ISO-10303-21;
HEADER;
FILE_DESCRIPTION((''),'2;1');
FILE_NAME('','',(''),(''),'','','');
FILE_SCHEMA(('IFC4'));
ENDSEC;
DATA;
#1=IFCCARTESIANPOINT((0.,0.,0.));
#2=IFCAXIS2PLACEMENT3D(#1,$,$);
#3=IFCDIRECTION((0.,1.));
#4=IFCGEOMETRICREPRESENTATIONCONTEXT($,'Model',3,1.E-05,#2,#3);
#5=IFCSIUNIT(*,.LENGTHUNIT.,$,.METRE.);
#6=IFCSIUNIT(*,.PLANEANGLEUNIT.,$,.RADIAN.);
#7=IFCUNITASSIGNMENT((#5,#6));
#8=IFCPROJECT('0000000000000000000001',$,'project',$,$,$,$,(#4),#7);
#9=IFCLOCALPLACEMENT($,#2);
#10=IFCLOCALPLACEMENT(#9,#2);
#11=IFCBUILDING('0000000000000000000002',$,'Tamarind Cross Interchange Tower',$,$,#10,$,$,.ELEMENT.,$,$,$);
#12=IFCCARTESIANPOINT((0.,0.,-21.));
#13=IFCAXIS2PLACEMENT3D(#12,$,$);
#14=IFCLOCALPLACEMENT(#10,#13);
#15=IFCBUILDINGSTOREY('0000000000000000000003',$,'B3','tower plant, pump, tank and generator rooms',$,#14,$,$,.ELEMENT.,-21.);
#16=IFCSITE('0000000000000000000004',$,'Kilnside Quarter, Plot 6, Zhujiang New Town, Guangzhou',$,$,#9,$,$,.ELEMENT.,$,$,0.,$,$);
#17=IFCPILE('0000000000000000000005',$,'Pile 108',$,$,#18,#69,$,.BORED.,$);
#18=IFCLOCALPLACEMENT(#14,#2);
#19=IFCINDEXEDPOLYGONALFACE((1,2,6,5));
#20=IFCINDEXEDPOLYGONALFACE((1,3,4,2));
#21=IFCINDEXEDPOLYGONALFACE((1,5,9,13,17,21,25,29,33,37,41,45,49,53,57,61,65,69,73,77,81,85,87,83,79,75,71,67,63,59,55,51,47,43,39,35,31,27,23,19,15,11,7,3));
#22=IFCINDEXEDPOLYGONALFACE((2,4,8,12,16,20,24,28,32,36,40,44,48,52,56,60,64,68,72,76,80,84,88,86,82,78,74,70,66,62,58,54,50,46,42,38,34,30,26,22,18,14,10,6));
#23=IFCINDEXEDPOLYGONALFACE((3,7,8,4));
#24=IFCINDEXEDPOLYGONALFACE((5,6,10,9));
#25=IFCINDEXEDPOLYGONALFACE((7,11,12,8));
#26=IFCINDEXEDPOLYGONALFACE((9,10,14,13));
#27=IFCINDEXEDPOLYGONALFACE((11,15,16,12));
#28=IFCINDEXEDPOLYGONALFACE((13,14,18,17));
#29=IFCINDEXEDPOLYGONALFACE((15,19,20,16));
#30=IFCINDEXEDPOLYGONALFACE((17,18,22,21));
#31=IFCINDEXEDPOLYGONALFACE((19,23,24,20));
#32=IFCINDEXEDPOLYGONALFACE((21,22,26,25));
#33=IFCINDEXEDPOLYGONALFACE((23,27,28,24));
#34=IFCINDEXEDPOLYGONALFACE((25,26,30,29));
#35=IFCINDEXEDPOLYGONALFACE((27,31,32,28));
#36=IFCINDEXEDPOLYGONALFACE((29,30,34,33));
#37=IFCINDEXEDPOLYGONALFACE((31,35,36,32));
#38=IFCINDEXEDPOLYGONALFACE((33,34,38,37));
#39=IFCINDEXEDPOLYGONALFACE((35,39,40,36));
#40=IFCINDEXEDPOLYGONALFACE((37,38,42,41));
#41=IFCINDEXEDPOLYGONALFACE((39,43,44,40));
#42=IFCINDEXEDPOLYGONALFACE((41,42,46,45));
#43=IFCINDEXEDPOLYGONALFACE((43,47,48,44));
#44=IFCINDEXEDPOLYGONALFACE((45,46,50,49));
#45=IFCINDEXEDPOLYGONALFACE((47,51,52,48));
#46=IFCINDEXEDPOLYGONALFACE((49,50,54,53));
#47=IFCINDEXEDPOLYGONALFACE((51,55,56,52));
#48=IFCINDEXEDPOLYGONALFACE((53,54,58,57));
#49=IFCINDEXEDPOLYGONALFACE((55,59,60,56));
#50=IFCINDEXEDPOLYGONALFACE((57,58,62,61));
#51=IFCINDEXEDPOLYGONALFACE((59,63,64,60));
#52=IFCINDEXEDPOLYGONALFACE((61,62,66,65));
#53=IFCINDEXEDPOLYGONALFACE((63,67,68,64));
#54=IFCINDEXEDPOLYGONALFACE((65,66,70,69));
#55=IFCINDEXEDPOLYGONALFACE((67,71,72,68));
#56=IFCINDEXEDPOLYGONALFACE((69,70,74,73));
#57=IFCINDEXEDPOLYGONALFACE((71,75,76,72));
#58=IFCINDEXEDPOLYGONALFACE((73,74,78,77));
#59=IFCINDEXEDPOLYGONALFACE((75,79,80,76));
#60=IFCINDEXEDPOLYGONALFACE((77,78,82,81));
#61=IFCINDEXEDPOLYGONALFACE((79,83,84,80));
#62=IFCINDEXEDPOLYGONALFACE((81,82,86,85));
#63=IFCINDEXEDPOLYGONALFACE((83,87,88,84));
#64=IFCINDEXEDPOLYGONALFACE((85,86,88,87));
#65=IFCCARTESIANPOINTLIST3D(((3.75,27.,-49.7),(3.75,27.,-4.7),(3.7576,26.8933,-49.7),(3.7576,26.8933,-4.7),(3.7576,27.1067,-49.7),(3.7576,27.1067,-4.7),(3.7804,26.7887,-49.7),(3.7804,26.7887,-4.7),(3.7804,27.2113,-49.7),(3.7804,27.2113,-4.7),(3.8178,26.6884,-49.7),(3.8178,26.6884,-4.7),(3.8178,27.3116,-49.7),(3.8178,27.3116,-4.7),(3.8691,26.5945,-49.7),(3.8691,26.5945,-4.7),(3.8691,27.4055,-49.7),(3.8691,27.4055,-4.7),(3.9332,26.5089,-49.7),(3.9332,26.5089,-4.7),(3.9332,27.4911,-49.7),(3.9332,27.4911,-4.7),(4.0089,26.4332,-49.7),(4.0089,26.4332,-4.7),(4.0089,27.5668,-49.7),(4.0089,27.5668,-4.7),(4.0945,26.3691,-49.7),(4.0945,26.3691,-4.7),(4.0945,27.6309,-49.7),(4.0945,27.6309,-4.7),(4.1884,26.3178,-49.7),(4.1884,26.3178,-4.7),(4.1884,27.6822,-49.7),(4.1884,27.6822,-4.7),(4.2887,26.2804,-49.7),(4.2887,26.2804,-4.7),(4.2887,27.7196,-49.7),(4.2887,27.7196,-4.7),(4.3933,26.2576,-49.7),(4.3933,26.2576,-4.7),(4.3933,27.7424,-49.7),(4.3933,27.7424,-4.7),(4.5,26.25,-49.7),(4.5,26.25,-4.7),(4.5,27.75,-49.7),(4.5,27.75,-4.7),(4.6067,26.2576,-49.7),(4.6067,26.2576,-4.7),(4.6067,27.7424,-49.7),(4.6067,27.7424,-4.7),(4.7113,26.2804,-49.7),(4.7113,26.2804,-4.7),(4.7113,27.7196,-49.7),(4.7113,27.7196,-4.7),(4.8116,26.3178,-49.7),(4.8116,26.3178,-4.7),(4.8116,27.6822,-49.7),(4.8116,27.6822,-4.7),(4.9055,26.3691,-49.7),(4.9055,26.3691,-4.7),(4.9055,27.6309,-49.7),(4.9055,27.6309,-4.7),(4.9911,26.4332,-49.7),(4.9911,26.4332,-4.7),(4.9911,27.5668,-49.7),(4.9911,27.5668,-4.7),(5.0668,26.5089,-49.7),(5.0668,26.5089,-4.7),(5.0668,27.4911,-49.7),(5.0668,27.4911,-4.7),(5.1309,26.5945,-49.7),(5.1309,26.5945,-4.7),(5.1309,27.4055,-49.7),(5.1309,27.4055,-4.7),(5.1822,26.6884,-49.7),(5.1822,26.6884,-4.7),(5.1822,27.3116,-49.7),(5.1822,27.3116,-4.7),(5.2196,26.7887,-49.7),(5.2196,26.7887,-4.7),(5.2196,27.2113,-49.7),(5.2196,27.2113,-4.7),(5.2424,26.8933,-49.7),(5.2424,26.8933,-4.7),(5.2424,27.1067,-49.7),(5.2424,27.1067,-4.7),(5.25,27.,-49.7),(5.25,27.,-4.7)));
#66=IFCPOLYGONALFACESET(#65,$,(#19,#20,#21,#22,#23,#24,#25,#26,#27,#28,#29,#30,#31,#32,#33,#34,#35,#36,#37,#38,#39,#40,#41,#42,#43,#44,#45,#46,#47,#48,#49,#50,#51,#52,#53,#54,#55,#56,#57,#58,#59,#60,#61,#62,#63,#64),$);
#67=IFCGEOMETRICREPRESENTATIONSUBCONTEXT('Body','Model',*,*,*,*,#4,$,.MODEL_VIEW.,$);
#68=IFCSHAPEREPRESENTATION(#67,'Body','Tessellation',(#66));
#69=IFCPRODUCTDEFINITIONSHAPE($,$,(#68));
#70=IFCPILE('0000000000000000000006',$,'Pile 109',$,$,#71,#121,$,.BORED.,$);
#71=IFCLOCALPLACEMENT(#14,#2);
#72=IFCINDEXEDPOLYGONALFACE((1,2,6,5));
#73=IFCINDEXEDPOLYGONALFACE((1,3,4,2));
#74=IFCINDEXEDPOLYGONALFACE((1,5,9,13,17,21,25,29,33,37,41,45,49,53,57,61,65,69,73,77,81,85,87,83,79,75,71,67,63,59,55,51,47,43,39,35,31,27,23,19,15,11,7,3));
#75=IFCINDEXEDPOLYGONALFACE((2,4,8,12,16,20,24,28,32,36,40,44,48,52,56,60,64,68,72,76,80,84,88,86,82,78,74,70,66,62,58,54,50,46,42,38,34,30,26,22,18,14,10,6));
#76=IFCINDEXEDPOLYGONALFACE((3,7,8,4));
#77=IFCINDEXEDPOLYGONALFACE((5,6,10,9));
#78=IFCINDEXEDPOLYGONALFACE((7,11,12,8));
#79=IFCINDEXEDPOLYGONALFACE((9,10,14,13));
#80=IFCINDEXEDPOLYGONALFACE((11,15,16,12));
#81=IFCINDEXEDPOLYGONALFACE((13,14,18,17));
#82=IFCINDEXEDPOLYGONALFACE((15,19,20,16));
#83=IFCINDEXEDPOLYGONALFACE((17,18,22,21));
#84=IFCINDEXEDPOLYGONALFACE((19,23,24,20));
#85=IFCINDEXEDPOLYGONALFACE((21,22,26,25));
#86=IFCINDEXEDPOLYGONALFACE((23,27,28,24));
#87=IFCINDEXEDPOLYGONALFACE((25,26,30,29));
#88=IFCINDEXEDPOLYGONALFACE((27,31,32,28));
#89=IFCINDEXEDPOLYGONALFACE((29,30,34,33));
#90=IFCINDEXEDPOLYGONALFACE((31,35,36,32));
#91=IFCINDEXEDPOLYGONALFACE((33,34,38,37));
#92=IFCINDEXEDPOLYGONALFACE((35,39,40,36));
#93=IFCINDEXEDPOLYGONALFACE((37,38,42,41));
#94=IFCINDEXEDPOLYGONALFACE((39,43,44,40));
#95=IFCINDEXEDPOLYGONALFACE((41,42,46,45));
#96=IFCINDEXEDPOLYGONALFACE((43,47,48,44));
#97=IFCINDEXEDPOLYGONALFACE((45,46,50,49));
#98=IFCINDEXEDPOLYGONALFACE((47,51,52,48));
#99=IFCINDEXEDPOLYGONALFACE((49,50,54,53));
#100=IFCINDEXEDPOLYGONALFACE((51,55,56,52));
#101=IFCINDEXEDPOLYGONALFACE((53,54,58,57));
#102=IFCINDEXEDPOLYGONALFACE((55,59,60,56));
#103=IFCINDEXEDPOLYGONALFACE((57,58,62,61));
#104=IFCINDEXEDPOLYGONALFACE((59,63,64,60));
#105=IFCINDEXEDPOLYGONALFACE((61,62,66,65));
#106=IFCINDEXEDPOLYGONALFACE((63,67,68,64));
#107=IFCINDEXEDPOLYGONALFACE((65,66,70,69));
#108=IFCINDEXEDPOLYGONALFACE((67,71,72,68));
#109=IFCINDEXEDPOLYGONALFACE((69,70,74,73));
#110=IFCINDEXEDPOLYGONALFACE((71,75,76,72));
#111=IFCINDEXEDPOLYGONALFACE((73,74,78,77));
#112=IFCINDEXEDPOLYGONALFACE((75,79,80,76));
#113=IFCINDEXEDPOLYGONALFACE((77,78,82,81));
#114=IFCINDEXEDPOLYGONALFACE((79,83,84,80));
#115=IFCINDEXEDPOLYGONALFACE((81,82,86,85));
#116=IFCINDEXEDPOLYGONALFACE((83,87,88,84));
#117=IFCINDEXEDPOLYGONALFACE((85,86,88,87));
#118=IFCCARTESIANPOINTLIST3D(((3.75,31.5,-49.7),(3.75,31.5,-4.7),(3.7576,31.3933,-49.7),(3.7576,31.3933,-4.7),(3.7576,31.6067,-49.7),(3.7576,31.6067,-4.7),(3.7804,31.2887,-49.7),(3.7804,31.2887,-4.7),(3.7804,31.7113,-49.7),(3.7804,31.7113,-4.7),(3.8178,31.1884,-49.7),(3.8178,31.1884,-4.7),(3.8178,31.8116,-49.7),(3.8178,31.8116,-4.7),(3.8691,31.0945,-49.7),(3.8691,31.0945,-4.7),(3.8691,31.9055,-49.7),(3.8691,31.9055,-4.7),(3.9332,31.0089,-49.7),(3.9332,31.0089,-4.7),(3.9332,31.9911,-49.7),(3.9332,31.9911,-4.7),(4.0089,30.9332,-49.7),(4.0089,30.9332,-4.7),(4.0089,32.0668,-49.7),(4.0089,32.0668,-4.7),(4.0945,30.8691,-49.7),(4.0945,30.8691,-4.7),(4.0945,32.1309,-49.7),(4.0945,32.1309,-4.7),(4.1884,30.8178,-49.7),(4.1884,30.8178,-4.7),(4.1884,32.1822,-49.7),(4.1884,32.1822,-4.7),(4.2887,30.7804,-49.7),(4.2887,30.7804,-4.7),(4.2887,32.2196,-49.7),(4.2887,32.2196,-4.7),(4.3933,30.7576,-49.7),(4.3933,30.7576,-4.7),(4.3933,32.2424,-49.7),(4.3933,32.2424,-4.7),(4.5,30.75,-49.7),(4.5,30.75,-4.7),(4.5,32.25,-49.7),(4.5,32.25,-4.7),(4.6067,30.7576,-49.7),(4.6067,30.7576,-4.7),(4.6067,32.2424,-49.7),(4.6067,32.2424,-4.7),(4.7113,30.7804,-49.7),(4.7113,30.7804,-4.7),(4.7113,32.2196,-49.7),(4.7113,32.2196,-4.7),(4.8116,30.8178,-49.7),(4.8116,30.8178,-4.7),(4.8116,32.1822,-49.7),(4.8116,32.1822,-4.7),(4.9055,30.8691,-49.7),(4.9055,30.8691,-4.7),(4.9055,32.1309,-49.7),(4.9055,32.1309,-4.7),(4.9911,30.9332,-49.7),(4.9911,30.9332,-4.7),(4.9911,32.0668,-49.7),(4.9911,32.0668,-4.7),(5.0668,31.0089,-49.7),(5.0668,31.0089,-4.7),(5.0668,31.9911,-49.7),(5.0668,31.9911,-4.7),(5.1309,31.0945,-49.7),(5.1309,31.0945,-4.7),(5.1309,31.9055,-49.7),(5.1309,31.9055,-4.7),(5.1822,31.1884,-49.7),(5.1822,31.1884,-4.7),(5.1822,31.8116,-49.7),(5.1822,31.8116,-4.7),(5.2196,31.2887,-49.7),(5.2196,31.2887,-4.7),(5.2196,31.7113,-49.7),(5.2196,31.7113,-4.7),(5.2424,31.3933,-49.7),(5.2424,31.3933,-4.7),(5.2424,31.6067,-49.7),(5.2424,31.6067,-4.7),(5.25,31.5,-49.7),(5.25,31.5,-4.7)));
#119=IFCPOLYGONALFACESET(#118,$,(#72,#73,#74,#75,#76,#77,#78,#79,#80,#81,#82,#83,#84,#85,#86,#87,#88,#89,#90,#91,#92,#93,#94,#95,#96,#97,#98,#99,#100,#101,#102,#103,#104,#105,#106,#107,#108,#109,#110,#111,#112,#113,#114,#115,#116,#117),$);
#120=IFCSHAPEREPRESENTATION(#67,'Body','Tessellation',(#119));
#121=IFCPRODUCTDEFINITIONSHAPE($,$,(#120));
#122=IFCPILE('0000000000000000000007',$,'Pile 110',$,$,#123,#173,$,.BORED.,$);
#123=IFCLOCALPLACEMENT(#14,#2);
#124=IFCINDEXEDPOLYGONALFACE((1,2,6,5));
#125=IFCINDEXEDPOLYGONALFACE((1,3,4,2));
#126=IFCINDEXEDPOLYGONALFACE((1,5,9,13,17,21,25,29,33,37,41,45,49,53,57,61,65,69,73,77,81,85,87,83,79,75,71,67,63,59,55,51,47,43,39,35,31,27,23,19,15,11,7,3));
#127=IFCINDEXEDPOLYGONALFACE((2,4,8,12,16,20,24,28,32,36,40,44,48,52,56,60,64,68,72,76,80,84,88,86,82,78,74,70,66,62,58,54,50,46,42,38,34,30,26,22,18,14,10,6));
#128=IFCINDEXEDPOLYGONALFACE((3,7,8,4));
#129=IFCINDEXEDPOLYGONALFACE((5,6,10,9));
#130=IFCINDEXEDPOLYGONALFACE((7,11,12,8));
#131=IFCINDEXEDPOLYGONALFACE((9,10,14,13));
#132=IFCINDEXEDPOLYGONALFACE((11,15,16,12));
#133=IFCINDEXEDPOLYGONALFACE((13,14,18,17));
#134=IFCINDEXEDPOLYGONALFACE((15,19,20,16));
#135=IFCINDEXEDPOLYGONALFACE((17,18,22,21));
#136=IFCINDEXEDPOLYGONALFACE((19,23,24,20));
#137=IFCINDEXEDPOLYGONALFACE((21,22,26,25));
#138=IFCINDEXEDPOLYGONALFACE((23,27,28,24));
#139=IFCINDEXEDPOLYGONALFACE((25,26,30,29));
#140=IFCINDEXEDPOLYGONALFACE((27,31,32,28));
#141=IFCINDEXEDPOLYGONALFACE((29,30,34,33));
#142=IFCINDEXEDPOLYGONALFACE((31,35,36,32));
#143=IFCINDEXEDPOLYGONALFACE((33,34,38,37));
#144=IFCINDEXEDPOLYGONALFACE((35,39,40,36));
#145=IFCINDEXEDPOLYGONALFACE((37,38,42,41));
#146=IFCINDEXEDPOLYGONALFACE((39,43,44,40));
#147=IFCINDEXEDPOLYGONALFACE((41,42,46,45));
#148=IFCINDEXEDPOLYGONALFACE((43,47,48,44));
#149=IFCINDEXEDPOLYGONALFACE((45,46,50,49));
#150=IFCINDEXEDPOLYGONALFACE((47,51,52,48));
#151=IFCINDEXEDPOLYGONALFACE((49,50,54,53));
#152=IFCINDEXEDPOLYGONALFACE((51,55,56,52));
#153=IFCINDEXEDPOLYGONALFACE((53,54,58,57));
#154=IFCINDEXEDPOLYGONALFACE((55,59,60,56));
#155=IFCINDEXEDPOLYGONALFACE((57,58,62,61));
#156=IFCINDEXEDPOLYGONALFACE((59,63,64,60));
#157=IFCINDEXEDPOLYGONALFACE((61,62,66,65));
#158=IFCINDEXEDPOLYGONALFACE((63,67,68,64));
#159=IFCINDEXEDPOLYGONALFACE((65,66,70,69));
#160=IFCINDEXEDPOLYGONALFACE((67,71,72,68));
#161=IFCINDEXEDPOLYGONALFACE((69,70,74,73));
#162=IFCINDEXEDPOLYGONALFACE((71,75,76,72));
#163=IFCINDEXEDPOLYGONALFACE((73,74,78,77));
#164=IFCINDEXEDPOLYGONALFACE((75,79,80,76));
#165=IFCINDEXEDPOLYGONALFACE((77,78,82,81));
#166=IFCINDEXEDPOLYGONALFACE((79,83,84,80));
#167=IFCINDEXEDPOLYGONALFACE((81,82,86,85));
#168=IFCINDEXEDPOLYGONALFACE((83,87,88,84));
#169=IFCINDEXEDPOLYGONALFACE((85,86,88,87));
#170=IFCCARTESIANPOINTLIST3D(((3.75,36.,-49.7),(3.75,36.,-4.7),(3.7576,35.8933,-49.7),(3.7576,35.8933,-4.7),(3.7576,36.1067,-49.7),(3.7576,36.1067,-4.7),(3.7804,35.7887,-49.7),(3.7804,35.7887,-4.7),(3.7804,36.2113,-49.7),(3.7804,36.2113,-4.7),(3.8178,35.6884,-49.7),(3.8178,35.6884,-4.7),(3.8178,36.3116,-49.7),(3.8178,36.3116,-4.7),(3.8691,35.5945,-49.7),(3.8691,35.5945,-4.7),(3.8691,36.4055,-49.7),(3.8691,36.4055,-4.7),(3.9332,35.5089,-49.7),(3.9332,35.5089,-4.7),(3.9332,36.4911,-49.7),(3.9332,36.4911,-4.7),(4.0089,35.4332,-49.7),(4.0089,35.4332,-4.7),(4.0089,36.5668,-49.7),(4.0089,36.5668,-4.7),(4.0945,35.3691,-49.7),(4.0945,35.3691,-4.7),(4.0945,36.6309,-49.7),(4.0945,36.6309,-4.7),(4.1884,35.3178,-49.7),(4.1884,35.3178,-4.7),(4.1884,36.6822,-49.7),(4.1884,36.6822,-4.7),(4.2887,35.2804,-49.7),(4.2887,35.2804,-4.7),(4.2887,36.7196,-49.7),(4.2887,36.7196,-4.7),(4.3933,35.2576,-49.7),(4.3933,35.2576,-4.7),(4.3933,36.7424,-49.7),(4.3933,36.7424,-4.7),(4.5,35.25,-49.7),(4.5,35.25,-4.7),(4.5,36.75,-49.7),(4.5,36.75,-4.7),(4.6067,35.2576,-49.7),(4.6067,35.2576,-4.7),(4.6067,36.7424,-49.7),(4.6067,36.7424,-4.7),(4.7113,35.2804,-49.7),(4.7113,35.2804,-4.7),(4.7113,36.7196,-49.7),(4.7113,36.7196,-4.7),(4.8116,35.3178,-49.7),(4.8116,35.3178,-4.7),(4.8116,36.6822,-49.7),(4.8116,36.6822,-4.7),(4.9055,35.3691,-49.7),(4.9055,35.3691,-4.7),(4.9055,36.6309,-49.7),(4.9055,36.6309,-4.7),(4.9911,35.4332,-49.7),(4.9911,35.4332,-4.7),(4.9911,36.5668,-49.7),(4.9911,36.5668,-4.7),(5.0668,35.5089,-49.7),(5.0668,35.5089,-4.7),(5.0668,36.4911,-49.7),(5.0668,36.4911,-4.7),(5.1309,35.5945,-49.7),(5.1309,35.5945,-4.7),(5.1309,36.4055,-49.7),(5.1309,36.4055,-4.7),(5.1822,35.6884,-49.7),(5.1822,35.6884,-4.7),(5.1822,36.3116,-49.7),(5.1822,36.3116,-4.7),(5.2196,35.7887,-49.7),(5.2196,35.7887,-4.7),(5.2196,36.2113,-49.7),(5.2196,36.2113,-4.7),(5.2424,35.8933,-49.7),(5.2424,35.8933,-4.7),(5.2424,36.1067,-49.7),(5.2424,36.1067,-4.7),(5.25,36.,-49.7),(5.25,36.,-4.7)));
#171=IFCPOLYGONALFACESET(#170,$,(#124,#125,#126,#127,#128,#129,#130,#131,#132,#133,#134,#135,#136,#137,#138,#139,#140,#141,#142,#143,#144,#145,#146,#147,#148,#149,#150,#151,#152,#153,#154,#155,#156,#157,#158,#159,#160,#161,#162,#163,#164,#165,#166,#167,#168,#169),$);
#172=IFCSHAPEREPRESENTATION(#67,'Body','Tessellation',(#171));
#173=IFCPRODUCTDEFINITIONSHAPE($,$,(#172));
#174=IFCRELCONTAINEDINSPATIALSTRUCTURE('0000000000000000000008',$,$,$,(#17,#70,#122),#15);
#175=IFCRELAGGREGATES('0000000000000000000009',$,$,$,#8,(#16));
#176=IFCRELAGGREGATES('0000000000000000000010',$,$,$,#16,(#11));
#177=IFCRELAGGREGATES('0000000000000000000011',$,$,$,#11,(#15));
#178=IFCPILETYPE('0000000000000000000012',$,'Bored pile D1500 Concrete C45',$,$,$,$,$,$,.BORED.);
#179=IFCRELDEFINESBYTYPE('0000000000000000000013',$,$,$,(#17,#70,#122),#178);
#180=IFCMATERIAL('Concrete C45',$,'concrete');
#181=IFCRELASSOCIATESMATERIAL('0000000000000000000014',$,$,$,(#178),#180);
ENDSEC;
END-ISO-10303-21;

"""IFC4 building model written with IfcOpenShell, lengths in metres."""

from ifc_helpers import new_model, si_unit, direction, frame, origin, origin_2d, place, context, subcontext, project, spatial, circle, extrude, material, material_profile, profile_set, type_object, element, save


model = new_model("IFC4")

# Units and contexts
model_context = context("Model", 3, precision=1e-05, world=origin(), true_north=direction((0.0, 1.0)))
body_context = subcontext(model_context, "Body", "Model", "MODEL_VIEW")
ifc_project = project(units=[si_unit("LENGTHUNIT", "METRE"), si_unit("PLANEANGLEUNIT", "RADIAN")], contexts=[model_context])

# Site, building, storey
site_placement = place(None, origin())
site = spatial("IfcSite", under=ifc_project, at=site_placement, Name="Kilnside Quarter, Plot 6, Zhujiang New Town, Guangzhou", CompositionType="ELEMENT", RefElevation=0.0)
building_placement = place(site_placement, origin())
building = spatial("IfcBuilding", under=site, at=building_placement, Name="Tamarind Cross Interchange Tower", CompositionType="ELEMENT")
storey_placement = place(building_placement, frame((0.0, 0.0, -21.0)))
storey = spatial("IfcBuildingStorey", under=building, at=storey_placement, Name="B3", Description="tower plant, pump, tank and generator rooms", CompositionType="ELEMENT", Elevation=-21.0)

# Piles
ifc_material_1 = material(Name="Concrete C45", Category="concrete")
ifc_material_profile_1 = material_profile(ifc_material_1, circle(Radius=0.75, at=origin_2d()), Name="RC D1500")
ifc_profile_set_1 = profile_set([ifc_material_profile_1], Name="Concrete C45")
pile_type = type_object("IfcPileType", Name="Bored pile D1500 Concrete C45", PredefinedType="BORED", material=ifc_profile_set_1)
for number, where, z_axis, x_axis, name in (
    (1, (4.5, 27.0, -4.7), (0.0, 0.0, -1.0), (1.0, 0.0, 0.0), "Pile 108"),
    (2, (4.5, 31.5, -4.7), (0.0, 0.0, -1.0), (1.0, 0.0, 0.0), "Pile 109"),
    (3, (4.5, 36.0, -4.7), (0.0, 0.0, -1.0), (1.0, 0.0, 0.0), "Pile 110"),
):
    element("IfcPile", number, at=place(storey_placement, frame(where, z_axis=z_axis, x_axis=x_axis)), inside=storey, type_object=pile_type, Name=name, PredefinedType="BORED", context=body_context, shape_type="SweptSolid", body=[
        extrude(circle(Radius=0.75, at=origin_2d()), origin(), (0.0, 0.0, 1.0), 45.0),
    ])

save(model, "model.ifc")
